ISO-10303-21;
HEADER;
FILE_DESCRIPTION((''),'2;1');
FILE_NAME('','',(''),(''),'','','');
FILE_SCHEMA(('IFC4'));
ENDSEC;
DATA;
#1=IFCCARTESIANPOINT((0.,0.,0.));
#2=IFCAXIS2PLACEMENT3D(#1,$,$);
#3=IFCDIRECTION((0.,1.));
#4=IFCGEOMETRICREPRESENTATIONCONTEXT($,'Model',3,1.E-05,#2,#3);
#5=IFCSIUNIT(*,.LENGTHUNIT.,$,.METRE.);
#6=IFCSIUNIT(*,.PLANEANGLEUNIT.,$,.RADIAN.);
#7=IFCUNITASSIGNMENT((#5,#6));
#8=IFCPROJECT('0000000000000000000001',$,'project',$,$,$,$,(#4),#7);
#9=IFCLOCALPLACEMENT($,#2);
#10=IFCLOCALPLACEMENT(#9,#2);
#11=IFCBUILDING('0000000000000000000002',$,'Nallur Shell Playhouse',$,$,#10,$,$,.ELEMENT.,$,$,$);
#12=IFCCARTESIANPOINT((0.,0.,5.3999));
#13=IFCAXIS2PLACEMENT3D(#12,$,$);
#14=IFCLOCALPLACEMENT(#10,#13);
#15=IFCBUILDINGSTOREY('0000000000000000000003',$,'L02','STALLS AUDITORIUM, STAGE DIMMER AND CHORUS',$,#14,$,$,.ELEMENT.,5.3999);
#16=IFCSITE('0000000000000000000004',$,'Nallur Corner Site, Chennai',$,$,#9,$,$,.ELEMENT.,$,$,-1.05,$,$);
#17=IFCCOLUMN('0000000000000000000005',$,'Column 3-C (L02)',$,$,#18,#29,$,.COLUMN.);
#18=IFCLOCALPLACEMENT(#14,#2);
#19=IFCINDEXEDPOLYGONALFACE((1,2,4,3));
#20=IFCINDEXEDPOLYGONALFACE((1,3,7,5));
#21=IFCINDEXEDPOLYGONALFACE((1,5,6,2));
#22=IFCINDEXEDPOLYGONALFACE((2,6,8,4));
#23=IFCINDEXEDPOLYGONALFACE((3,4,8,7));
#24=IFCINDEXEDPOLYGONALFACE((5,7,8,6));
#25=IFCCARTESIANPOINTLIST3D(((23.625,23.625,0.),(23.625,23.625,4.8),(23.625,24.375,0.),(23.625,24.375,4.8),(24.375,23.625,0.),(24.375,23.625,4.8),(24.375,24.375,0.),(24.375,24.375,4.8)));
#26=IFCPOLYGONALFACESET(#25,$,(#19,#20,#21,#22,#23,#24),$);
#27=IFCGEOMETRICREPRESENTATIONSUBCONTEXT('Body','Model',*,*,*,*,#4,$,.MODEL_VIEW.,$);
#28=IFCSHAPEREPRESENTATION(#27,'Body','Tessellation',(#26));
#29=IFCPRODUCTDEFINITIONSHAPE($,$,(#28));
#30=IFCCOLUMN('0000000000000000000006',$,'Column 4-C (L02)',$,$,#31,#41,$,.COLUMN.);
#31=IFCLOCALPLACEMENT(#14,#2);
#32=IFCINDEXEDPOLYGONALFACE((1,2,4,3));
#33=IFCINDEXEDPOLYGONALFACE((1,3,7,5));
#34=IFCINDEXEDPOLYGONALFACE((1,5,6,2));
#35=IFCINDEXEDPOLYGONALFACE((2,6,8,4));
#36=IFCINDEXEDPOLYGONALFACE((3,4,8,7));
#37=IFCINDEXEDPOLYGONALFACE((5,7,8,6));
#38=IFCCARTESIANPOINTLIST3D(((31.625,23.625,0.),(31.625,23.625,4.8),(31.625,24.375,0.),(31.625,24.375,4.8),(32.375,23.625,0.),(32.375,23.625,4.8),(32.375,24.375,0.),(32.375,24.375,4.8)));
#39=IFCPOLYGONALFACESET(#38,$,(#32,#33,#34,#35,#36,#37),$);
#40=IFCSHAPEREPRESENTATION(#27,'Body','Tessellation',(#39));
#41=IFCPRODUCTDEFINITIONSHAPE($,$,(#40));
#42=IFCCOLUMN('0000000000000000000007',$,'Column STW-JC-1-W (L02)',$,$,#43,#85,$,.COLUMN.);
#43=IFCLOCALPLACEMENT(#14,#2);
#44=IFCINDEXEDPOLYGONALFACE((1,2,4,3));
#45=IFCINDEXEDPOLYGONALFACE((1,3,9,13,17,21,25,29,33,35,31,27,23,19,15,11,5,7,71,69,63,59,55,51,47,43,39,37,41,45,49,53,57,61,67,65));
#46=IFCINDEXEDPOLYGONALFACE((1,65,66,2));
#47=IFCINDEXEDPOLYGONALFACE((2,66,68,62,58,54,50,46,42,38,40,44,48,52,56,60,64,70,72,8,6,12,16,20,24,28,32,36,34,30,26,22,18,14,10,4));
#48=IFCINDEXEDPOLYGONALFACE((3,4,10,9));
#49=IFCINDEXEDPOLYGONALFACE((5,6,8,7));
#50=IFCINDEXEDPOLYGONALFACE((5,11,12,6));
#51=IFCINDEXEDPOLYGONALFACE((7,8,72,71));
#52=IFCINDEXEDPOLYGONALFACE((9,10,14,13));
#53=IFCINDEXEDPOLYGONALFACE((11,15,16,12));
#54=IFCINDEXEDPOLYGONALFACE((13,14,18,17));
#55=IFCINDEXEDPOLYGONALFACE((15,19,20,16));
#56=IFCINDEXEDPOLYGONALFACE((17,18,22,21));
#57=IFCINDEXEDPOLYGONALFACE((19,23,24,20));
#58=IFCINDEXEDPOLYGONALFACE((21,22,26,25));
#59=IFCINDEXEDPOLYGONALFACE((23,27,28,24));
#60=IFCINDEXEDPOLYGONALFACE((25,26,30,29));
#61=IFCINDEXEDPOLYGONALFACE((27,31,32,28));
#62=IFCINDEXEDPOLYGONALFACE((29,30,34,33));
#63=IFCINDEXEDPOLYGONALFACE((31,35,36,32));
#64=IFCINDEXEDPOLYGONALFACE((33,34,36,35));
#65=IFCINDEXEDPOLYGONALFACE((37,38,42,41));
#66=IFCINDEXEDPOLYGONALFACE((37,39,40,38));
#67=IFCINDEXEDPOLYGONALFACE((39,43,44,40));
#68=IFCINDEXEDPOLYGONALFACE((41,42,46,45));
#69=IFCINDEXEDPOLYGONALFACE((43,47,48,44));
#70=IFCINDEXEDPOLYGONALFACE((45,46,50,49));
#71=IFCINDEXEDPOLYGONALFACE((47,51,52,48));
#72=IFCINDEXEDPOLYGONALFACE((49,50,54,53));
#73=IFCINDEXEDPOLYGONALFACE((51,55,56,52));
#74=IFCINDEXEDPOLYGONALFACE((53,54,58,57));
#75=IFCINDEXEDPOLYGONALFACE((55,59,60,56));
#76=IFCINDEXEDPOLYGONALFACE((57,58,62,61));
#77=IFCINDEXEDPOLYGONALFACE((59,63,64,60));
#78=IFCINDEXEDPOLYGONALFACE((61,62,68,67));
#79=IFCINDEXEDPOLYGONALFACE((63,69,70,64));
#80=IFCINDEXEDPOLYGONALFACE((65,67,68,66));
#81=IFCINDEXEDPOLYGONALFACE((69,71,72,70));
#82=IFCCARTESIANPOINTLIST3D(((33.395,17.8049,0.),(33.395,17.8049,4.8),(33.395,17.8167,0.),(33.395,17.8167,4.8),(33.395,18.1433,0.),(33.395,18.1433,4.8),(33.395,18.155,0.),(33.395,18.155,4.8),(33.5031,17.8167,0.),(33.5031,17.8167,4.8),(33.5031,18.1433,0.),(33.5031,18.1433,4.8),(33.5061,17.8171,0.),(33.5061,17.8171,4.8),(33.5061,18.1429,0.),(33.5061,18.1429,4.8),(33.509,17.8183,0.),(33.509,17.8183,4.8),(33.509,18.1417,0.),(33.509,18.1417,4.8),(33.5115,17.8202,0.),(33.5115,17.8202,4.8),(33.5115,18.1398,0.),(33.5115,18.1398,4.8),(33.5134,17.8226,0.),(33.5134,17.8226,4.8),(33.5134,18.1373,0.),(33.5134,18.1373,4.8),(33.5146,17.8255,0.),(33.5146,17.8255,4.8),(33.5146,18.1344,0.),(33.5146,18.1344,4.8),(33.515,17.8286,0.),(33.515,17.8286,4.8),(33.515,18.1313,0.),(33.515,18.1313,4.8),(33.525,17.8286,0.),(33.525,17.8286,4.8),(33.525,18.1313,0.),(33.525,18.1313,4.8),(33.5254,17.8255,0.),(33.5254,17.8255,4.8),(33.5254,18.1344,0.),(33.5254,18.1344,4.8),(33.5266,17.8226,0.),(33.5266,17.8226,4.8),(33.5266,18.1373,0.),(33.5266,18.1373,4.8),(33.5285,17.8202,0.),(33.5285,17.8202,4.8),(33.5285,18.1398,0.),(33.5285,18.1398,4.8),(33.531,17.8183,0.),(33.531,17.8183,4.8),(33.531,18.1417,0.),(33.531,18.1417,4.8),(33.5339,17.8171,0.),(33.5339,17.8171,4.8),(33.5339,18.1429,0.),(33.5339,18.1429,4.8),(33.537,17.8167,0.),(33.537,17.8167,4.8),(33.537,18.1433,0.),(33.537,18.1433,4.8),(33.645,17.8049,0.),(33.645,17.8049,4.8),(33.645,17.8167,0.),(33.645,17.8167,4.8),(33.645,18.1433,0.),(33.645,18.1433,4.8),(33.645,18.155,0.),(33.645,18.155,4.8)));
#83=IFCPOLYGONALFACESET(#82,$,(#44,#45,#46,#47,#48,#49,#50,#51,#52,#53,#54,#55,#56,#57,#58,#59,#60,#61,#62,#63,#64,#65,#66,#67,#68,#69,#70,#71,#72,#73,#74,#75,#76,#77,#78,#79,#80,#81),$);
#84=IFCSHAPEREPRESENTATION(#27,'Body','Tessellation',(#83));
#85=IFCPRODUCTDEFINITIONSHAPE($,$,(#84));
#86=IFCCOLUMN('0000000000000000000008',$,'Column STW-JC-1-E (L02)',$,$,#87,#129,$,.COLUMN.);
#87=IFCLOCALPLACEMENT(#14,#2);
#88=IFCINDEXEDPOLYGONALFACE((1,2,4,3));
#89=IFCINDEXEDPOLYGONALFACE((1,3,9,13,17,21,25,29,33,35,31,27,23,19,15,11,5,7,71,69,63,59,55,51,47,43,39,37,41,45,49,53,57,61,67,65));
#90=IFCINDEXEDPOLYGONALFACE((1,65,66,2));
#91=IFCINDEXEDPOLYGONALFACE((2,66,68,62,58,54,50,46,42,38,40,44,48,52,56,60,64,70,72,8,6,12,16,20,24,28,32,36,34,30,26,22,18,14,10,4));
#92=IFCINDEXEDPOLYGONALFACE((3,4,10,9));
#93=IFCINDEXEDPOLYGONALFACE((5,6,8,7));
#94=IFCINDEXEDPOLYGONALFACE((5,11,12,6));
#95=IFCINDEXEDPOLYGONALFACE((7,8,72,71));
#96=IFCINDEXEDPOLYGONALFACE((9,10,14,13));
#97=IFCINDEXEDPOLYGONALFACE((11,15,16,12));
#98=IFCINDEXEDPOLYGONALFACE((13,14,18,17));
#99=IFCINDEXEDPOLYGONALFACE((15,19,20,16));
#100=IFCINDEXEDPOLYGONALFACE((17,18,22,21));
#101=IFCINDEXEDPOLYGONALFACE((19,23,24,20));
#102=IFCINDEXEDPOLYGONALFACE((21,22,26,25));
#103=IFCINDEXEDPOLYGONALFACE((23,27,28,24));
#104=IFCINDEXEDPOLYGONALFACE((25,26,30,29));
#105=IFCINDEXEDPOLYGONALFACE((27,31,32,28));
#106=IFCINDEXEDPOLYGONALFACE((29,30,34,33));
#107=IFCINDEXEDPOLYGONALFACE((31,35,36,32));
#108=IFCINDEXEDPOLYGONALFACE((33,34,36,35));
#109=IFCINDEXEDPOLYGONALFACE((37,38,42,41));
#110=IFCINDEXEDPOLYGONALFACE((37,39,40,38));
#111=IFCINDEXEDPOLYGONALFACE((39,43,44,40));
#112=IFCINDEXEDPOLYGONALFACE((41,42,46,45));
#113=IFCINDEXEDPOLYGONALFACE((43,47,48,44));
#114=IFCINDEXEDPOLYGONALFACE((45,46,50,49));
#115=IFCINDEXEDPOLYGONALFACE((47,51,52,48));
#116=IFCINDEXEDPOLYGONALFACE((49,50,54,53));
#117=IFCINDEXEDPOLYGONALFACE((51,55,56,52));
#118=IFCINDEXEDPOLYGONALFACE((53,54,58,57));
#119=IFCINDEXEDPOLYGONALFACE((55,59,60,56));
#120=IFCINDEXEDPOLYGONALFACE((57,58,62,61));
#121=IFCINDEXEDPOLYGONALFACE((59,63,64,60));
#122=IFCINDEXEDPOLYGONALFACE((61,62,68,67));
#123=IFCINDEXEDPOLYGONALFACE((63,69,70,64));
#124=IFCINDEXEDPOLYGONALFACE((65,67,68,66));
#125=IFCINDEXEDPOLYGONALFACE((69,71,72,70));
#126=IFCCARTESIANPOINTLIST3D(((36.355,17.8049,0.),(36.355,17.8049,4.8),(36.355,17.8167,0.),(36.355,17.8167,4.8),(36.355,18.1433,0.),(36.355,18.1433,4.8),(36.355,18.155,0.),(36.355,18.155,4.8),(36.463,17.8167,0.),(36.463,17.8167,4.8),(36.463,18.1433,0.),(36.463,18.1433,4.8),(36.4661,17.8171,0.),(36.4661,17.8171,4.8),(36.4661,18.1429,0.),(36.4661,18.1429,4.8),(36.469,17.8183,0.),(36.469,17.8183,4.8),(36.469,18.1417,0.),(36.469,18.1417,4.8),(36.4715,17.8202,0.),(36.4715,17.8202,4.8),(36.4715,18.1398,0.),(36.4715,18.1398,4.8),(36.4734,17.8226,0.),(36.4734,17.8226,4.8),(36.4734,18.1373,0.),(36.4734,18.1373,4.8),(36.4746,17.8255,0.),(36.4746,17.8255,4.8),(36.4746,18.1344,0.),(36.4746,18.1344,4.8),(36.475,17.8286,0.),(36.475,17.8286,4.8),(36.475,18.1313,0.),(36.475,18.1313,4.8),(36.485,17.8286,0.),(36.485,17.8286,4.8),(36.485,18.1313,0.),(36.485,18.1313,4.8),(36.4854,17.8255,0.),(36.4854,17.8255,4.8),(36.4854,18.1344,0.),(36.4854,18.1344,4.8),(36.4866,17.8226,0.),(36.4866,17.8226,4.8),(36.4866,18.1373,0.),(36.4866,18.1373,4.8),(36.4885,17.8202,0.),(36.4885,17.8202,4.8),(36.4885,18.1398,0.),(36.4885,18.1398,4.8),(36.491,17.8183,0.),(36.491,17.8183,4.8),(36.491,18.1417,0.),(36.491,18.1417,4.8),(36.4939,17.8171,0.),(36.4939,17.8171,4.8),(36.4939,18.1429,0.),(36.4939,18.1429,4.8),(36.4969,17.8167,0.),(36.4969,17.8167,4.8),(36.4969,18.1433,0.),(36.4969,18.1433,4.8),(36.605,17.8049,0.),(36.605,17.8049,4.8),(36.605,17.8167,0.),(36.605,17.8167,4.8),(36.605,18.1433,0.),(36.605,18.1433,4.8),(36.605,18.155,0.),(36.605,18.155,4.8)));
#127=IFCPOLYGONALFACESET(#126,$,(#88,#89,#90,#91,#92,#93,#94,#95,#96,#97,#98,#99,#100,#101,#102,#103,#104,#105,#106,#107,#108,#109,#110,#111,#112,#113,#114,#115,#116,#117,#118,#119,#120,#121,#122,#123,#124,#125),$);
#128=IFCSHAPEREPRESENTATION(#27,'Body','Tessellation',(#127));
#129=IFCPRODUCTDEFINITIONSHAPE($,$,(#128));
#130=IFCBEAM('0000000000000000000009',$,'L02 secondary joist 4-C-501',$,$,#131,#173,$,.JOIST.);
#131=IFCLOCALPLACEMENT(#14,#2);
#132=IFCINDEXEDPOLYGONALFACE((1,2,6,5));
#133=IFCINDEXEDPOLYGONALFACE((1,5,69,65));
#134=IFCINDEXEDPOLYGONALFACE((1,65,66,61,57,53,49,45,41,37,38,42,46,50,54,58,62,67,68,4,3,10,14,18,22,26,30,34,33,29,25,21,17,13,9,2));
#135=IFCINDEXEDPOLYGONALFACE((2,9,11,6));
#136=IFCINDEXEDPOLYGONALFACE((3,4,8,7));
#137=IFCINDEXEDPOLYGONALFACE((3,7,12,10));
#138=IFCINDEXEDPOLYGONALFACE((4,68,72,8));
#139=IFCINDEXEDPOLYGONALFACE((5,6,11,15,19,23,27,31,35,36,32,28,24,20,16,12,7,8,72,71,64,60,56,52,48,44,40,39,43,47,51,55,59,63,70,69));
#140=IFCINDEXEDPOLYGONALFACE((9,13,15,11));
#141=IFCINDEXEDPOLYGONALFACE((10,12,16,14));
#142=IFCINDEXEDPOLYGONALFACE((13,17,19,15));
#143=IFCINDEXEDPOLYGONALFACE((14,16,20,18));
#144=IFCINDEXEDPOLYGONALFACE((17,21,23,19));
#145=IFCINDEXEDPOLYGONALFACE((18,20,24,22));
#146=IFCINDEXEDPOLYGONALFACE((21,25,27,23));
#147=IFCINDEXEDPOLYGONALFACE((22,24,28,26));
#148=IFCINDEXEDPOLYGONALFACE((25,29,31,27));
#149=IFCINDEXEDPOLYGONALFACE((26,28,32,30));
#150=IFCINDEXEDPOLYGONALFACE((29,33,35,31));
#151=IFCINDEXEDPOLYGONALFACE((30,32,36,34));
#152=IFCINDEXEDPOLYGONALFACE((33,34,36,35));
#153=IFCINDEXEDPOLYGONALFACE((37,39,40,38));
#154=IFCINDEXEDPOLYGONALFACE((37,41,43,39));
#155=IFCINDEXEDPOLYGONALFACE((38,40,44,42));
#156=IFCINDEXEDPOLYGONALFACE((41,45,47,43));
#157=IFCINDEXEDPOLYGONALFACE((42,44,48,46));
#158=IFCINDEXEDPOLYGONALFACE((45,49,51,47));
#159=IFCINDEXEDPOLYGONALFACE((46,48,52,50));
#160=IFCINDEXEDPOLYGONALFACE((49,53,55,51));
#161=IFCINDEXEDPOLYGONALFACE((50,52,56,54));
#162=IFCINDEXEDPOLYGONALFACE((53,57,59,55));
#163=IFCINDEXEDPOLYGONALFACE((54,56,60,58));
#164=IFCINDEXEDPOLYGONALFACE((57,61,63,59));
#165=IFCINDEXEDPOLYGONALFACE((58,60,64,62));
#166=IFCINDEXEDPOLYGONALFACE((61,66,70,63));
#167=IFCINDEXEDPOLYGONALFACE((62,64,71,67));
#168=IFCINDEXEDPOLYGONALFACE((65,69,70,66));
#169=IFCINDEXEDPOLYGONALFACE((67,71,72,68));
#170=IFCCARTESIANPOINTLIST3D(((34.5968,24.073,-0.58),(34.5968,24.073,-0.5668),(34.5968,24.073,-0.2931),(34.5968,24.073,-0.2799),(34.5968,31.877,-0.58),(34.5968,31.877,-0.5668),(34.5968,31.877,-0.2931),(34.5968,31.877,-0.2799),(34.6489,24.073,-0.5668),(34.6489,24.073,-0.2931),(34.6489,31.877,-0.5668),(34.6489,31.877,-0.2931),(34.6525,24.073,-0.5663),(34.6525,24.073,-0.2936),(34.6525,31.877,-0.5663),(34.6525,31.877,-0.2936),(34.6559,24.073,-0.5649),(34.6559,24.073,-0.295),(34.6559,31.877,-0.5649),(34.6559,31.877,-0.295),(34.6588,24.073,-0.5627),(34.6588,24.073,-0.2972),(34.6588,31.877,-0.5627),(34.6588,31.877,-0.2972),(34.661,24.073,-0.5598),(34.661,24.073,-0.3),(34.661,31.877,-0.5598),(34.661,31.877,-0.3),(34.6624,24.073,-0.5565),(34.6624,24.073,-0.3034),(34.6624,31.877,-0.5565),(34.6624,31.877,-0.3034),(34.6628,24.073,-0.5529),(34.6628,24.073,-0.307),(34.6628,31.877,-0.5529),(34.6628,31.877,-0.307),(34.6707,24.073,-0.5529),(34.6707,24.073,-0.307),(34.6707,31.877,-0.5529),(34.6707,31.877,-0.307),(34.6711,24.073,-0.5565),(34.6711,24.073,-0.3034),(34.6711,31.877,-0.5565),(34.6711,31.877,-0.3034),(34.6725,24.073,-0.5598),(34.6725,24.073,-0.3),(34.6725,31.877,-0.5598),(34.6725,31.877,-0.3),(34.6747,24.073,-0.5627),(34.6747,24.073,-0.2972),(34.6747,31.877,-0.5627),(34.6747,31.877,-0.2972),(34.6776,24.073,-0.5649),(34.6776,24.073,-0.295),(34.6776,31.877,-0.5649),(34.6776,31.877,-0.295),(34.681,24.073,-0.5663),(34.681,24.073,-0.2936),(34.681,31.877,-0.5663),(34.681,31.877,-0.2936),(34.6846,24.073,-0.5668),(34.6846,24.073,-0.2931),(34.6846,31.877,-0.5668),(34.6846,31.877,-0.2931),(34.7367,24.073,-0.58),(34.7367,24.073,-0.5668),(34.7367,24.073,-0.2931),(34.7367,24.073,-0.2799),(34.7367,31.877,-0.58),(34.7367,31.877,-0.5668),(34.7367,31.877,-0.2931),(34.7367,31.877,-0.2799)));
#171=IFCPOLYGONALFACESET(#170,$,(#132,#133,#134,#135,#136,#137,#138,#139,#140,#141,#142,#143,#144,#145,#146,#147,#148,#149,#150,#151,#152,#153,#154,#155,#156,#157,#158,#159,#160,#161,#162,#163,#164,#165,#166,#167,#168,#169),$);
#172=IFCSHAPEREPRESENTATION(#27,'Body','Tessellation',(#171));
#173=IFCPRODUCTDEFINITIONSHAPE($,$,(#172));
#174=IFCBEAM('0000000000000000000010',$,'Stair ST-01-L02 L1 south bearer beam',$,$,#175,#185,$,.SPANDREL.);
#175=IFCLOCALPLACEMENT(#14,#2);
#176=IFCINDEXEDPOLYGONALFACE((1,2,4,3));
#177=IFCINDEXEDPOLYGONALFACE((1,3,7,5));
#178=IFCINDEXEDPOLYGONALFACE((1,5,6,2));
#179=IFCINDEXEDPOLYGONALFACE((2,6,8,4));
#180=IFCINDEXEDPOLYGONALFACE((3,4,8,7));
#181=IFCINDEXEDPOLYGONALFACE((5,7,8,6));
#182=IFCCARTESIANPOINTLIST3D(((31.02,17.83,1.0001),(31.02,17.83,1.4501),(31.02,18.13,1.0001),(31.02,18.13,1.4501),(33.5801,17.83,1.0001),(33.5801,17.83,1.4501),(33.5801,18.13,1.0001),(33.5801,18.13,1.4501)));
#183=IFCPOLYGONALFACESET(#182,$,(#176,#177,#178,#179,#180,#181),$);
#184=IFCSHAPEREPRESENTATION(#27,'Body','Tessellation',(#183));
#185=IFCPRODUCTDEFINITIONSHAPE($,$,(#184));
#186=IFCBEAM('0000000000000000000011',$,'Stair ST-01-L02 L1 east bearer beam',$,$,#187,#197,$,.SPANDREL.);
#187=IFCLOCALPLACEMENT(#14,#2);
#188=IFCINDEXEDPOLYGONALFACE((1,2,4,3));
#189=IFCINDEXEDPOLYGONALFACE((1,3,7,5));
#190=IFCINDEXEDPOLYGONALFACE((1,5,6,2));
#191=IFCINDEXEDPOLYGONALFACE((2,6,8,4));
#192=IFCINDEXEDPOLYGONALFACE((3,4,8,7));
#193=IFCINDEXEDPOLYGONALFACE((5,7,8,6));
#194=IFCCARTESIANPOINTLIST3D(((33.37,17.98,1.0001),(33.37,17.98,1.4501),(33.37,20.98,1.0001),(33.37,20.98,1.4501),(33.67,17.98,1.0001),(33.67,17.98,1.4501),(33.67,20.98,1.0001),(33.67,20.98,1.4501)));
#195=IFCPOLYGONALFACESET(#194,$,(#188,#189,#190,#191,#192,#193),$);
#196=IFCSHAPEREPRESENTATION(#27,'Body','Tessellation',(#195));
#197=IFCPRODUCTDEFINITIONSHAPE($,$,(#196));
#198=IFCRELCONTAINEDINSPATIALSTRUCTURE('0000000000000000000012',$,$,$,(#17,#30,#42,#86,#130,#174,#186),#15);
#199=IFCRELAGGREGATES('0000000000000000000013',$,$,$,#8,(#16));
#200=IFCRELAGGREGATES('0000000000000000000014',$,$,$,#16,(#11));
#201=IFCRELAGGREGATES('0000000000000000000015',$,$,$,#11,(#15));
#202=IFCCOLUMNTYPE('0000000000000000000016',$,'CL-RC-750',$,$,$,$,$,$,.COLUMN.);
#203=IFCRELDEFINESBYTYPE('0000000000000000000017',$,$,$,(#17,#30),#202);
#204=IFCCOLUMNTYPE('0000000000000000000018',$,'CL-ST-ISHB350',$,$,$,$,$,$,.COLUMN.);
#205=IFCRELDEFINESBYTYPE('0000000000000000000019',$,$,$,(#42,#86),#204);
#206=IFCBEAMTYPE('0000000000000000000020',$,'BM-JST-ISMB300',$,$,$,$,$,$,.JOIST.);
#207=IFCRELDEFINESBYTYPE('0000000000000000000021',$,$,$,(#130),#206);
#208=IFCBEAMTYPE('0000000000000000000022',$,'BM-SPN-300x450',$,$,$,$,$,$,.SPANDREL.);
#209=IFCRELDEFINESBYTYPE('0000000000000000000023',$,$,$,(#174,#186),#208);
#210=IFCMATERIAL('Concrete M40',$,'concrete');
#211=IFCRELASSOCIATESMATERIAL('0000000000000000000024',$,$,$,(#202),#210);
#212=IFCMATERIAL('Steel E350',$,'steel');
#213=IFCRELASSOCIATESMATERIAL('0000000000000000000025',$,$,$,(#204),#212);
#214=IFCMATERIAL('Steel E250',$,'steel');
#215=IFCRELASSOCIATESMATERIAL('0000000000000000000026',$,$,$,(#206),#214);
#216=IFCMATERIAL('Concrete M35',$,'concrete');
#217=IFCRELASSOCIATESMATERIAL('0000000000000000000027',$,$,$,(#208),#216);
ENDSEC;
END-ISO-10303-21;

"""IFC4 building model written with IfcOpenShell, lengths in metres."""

from ifc_helpers import new_model, si_unit, direction, frame, origin, origin_2d, place, context, subcontext, project, spatial, rectangle, i_section, extrude, material, material_profile, profile_set, type_object, element, save


model = new_model("IFC4")

# Units and contexts
model_context = context("Model", 3, precision=1e-05, world=origin(), true_north=direction((0.0, 1.0)))
body_context = subcontext(model_context, "Body", "Model", "MODEL_VIEW")
ifc_project = project(units=[si_unit("LENGTHUNIT", "METRE"), si_unit("PLANEANGLEUNIT", "RADIAN")], contexts=[model_context])

# Site, building, storey
site_placement = place(None, origin())
site = spatial("IfcSite", under=ifc_project, at=site_placement, Name="Nallur Corner Site, Chennai", CompositionType="ELEMENT", RefElevation=-1.05)
building_placement = place(site_placement, origin())
building = spatial("IfcBuilding", under=site, at=building_placement, Name="Nallur Shell Playhouse", CompositionType="ELEMENT")
storey_placement = place(building_placement, frame((0.0, 0.0, 5.3999)))
storey = spatial("IfcBuildingStorey", under=building, at=storey_placement, Name="L02", Description="STALLS AUDITORIUM, STAGE DIMMER AND CHORUS", CompositionType="ELEMENT", Elevation=5.3999)

# Columns
ifc_material_1 = material(Name="Concrete M40", Category="concrete")
ifc_material_profile_1 = material_profile(ifc_material_1, rectangle(XDim=0.75, YDim=0.75, at=origin_2d()), Name="RC 750x750")
ifc_profile_set_1 = profile_set([ifc_material_profile_1], Name="Concrete M40")
column_type_1 = type_object("IfcColumnType", Name="CL-RC-750", PredefinedType="COLUMN", material=ifc_profile_set_1)
for number, where, z_axis, x_axis, name in (
    (1, (24.0, 24.0, 0.0), (0.0, 0.0, 1.0), (1.0, 0.0, 0.0), "Column 3-C (L02)"),
    (2, (32.0, 24.0, 0.0), (0.0, 0.0, 1.0), (1.0, 0.0, 0.0), "Column 4-C (L02)"),
):
    element("IfcColumn", number, at=place(storey_placement, frame(where, z_axis=z_axis, x_axis=x_axis)), inside=storey, type_object=column_type_1, Name=name, PredefinedType="COLUMN", context=body_context, shape_type="SweptSolid", body=[
        extrude(rectangle(XDim=0.75, YDim=0.75, at=origin_2d()), origin(), (0.0, 0.0, 1.0), 4.8),
    ])
ifc_material_2 = material(Name="Steel E350", Category="steel")
ifc_material_profile_2 = material_profile(ifc_material_2, i_section(OverallWidth=0.25, OverallDepth=0.3501, WebThickness=0.01, FlangeThickness=0.0117, FilletRadius=0.012, at=origin_2d()), Name="ISHB 350")
ifc_profile_set_2 = profile_set([ifc_material_profile_2], Name="Steel E350")
column_type_2 = type_object("IfcColumnType", Name="CL-ST-ISHB350", PredefinedType="COLUMN", material=ifc_profile_set_2)
for number, where, z_axis, x_axis, name in (
    (3, (33.52, 17.98, 0.0), (0.0, 0.0, 1.0), (1.0, 0.0, 0.0), "Column STW-JC-1-W (L02)"),
    (4, (36.48, 17.98, 0.0), (0.0, 0.0, 1.0), (1.0, 0.0, 0.0), "Column STW-JC-1-E (L02)"),
):
    element("IfcColumn", number, at=place(storey_placement, frame(where, z_axis=z_axis, x_axis=x_axis)), inside=storey, type_object=column_type_2, Name=name, PredefinedType="COLUMN", context=body_context, shape_type="SweptSolid", body=[
        extrude(i_section(OverallWidth=0.25, OverallDepth=0.3501, WebThickness=0.01, FlangeThickness=0.0117, FilletRadius=0.012, at=origin_2d()), origin(), (0.0, 0.0, 1.0), 4.8),
    ])

# Beams
ifc_material_3 = material(Name="Steel E250", Category="steel")
ifc_material_profile_3 = material_profile(ifc_material_3, i_section(OverallWidth=0.1399, OverallDepth=0.3, WebThickness=0.0078, FlangeThickness=0.0132, FilletRadius=0.0139, at=origin_2d()), Name="ISMB 300")
ifc_profile_set_3 = profile_set([ifc_material_profile_3], Name="Steel E250")
beam_type_1 = type_object("IfcBeamType", Name="BM-JST-ISMB300", PredefinedType="JOIST", material=ifc_profile_set_3)
beam_1_placement = place(storey_placement, frame((34.6667, 24.073, -0.4299), z_axis=(0.0, 1.0, 0.0), x_axis=(-1.0, 0.0, 0.0)))
element("IfcBeam", 5, at=beam_1_placement, inside=storey, type_object=beam_type_1, Name="L02 secondary joist 4-C-501", PredefinedType="JOIST", context=body_context, shape_type="SweptSolid", body=[
    extrude(i_section(OverallWidth=0.1399, OverallDepth=0.3, WebThickness=0.0078, FlangeThickness=0.0132, FilletRadius=0.0139, at=origin_2d()), origin(), (0.0, 0.0, 1.0), 7.804),
])
ifc_material_4 = material(Name="Concrete M35", Category="concrete")
ifc_material_profile_4 = material_profile(ifc_material_4, rectangle(XDim=0.3, YDim=0.45, at=origin_2d()), Name="RC 300x450")
ifc_profile_set_4 = profile_set([ifc_material_profile_4], Name="Concrete M35")
beam_type_2 = type_object("IfcBeamType", Name="BM-SPN-300x450", PredefinedType="SPANDREL", material=ifc_profile_set_4)
beam_2_placement = place(storey_placement, frame((31.02, 17.98, 1.2251), z_axis=(1.0, 0.0, 0.0), x_axis=(0.0, 1.0, 0.0)))
element("IfcBeam", 6, at=beam_2_placement, inside=storey, type_object=beam_type_2, Name="Stair ST-01-L02 L1 south bearer beam", PredefinedType="SPANDREL", context=body_context, shape_type="SweptSolid", body=[
    extrude(rectangle(XDim=0.3, YDim=0.45, at=origin_2d()), origin(), (0.0, 0.0, 1.0), 2.5601),
])
beam_3_placement = place(storey_placement, frame((33.52, 17.98, 1.2251), z_axis=(0.0, 1.0, 0.0), x_axis=(-1.0, 0.0, 0.0)))
element("IfcBeam", 7, at=beam_3_placement, inside=storey, type_object=beam_type_2, Name="Stair ST-01-L02 L1 east bearer beam", PredefinedType="SPANDREL", context=body_context, shape_type="SweptSolid", body=[
    extrude(rectangle(XDim=0.3, YDim=0.45, at=origin_2d()), origin(), (0.0, 0.0, 1.0), 3.0),
])

save(model, "model.ifc")
